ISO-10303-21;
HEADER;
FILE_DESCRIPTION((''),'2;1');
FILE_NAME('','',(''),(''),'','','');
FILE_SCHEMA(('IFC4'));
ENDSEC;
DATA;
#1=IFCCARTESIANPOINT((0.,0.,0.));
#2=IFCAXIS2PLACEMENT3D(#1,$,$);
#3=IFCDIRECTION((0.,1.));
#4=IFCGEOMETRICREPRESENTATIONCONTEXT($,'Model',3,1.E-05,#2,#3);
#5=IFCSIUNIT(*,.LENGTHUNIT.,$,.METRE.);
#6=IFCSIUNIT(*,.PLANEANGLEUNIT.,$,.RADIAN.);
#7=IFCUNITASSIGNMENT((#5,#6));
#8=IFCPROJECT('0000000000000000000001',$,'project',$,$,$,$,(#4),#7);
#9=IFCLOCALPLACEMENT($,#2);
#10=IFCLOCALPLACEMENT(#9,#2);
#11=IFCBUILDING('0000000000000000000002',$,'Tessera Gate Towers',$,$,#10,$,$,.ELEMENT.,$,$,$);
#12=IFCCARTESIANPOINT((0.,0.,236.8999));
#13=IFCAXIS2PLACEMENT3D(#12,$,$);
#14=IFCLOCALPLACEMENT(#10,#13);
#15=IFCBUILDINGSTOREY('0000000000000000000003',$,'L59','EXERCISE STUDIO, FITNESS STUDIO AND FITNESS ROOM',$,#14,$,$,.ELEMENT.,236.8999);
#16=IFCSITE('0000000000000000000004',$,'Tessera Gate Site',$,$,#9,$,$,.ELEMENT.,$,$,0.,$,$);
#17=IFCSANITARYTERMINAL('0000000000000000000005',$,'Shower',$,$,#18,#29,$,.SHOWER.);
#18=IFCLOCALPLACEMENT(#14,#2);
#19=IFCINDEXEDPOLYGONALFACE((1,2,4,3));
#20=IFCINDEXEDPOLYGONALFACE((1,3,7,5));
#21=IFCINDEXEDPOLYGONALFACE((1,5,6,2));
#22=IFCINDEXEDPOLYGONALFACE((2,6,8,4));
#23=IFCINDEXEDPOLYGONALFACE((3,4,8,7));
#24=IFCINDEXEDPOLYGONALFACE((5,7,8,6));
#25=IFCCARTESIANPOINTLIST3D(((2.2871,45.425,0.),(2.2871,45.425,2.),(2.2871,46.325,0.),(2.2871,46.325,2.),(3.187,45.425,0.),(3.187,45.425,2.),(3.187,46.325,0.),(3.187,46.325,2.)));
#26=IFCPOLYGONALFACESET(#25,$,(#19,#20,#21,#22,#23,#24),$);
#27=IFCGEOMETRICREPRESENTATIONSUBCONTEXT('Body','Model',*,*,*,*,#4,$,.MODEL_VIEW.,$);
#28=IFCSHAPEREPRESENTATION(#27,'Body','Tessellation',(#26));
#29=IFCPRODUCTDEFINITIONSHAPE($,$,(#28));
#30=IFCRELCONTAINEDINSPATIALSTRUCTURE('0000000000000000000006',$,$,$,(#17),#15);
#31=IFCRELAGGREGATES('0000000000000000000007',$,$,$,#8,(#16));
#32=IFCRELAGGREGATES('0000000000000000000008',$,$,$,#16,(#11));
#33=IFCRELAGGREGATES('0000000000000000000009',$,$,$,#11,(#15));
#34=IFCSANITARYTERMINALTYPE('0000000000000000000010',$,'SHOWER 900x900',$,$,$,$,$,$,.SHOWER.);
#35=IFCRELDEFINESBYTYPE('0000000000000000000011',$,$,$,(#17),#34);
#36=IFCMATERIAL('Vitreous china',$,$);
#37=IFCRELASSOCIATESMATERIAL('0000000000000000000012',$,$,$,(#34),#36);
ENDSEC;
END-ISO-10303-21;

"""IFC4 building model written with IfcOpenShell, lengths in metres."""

from ifc_helpers import new_model, si_unit, direction, frame, origin, origin_2d, place, context, subcontext, project, spatial, rectangle, extrude, material, type_object, element, save


model = new_model("IFC4")

# Units and contexts
model_context = context("Model", 3, precision=1e-05, world=origin(), true_north=direction((0.0, 1.0)))
body_context = subcontext(model_context, "Body", "Model", "MODEL_VIEW")
ifc_project = project(units=[si_unit("LENGTHUNIT", "METRE"), si_unit("PLANEANGLEUNIT", "RADIAN")], contexts=[model_context])

# Site, building, storey
site_placement = place(None, origin())
site = spatial("IfcSite", under=ifc_project, at=site_placement, Name="Tessera Gate Site", CompositionType="ELEMENT", RefElevation=0.0)
building_placement = place(site_placement, origin())
building = spatial("IfcBuilding", under=site, at=building_placement, Name="Tessera Gate Towers", CompositionType="ELEMENT")
storey_placement = place(building_placement, frame((0.0, 0.0, 236.8999)))
storey = spatial("IfcBuildingStorey", under=building, at=storey_placement, Name="L59", Description="EXERCISE STUDIO, FITNESS STUDIO AND FITNESS ROOM", CompositionType="ELEMENT", Elevation=236.8999)

# Sanitary terminal
ifc_material_1 = material(Name="Vitreous china")
sanitary_terminal_type_1 = type_object("IfcSanitaryTerminalType", Name="SHOWER 900x900", PredefinedType="SHOWER", material=ifc_material_1)
for number, where, z_axis, x_axis, name in (
    (1, (2.7371, 45.875, 0.0), (0.0, 0.0, 1.0), (1.0, 0.0, 0.0), "Shower"),
):
    element("IfcSanitaryTerminal", number, at=place(storey_placement, frame(where, z_axis=z_axis, x_axis=x_axis)), inside=storey, type_object=sanitary_terminal_type_1, Name=name, PredefinedType="SHOWER", context=body_context, shape_type="SweptSolid", body=[
        extrude(rectangle(XDim=0.8999, YDim=0.8999, at=origin_2d()), origin(), (0.0, 0.0, 1.0), 2.0),
    ])

save(model, "model.ifc")
